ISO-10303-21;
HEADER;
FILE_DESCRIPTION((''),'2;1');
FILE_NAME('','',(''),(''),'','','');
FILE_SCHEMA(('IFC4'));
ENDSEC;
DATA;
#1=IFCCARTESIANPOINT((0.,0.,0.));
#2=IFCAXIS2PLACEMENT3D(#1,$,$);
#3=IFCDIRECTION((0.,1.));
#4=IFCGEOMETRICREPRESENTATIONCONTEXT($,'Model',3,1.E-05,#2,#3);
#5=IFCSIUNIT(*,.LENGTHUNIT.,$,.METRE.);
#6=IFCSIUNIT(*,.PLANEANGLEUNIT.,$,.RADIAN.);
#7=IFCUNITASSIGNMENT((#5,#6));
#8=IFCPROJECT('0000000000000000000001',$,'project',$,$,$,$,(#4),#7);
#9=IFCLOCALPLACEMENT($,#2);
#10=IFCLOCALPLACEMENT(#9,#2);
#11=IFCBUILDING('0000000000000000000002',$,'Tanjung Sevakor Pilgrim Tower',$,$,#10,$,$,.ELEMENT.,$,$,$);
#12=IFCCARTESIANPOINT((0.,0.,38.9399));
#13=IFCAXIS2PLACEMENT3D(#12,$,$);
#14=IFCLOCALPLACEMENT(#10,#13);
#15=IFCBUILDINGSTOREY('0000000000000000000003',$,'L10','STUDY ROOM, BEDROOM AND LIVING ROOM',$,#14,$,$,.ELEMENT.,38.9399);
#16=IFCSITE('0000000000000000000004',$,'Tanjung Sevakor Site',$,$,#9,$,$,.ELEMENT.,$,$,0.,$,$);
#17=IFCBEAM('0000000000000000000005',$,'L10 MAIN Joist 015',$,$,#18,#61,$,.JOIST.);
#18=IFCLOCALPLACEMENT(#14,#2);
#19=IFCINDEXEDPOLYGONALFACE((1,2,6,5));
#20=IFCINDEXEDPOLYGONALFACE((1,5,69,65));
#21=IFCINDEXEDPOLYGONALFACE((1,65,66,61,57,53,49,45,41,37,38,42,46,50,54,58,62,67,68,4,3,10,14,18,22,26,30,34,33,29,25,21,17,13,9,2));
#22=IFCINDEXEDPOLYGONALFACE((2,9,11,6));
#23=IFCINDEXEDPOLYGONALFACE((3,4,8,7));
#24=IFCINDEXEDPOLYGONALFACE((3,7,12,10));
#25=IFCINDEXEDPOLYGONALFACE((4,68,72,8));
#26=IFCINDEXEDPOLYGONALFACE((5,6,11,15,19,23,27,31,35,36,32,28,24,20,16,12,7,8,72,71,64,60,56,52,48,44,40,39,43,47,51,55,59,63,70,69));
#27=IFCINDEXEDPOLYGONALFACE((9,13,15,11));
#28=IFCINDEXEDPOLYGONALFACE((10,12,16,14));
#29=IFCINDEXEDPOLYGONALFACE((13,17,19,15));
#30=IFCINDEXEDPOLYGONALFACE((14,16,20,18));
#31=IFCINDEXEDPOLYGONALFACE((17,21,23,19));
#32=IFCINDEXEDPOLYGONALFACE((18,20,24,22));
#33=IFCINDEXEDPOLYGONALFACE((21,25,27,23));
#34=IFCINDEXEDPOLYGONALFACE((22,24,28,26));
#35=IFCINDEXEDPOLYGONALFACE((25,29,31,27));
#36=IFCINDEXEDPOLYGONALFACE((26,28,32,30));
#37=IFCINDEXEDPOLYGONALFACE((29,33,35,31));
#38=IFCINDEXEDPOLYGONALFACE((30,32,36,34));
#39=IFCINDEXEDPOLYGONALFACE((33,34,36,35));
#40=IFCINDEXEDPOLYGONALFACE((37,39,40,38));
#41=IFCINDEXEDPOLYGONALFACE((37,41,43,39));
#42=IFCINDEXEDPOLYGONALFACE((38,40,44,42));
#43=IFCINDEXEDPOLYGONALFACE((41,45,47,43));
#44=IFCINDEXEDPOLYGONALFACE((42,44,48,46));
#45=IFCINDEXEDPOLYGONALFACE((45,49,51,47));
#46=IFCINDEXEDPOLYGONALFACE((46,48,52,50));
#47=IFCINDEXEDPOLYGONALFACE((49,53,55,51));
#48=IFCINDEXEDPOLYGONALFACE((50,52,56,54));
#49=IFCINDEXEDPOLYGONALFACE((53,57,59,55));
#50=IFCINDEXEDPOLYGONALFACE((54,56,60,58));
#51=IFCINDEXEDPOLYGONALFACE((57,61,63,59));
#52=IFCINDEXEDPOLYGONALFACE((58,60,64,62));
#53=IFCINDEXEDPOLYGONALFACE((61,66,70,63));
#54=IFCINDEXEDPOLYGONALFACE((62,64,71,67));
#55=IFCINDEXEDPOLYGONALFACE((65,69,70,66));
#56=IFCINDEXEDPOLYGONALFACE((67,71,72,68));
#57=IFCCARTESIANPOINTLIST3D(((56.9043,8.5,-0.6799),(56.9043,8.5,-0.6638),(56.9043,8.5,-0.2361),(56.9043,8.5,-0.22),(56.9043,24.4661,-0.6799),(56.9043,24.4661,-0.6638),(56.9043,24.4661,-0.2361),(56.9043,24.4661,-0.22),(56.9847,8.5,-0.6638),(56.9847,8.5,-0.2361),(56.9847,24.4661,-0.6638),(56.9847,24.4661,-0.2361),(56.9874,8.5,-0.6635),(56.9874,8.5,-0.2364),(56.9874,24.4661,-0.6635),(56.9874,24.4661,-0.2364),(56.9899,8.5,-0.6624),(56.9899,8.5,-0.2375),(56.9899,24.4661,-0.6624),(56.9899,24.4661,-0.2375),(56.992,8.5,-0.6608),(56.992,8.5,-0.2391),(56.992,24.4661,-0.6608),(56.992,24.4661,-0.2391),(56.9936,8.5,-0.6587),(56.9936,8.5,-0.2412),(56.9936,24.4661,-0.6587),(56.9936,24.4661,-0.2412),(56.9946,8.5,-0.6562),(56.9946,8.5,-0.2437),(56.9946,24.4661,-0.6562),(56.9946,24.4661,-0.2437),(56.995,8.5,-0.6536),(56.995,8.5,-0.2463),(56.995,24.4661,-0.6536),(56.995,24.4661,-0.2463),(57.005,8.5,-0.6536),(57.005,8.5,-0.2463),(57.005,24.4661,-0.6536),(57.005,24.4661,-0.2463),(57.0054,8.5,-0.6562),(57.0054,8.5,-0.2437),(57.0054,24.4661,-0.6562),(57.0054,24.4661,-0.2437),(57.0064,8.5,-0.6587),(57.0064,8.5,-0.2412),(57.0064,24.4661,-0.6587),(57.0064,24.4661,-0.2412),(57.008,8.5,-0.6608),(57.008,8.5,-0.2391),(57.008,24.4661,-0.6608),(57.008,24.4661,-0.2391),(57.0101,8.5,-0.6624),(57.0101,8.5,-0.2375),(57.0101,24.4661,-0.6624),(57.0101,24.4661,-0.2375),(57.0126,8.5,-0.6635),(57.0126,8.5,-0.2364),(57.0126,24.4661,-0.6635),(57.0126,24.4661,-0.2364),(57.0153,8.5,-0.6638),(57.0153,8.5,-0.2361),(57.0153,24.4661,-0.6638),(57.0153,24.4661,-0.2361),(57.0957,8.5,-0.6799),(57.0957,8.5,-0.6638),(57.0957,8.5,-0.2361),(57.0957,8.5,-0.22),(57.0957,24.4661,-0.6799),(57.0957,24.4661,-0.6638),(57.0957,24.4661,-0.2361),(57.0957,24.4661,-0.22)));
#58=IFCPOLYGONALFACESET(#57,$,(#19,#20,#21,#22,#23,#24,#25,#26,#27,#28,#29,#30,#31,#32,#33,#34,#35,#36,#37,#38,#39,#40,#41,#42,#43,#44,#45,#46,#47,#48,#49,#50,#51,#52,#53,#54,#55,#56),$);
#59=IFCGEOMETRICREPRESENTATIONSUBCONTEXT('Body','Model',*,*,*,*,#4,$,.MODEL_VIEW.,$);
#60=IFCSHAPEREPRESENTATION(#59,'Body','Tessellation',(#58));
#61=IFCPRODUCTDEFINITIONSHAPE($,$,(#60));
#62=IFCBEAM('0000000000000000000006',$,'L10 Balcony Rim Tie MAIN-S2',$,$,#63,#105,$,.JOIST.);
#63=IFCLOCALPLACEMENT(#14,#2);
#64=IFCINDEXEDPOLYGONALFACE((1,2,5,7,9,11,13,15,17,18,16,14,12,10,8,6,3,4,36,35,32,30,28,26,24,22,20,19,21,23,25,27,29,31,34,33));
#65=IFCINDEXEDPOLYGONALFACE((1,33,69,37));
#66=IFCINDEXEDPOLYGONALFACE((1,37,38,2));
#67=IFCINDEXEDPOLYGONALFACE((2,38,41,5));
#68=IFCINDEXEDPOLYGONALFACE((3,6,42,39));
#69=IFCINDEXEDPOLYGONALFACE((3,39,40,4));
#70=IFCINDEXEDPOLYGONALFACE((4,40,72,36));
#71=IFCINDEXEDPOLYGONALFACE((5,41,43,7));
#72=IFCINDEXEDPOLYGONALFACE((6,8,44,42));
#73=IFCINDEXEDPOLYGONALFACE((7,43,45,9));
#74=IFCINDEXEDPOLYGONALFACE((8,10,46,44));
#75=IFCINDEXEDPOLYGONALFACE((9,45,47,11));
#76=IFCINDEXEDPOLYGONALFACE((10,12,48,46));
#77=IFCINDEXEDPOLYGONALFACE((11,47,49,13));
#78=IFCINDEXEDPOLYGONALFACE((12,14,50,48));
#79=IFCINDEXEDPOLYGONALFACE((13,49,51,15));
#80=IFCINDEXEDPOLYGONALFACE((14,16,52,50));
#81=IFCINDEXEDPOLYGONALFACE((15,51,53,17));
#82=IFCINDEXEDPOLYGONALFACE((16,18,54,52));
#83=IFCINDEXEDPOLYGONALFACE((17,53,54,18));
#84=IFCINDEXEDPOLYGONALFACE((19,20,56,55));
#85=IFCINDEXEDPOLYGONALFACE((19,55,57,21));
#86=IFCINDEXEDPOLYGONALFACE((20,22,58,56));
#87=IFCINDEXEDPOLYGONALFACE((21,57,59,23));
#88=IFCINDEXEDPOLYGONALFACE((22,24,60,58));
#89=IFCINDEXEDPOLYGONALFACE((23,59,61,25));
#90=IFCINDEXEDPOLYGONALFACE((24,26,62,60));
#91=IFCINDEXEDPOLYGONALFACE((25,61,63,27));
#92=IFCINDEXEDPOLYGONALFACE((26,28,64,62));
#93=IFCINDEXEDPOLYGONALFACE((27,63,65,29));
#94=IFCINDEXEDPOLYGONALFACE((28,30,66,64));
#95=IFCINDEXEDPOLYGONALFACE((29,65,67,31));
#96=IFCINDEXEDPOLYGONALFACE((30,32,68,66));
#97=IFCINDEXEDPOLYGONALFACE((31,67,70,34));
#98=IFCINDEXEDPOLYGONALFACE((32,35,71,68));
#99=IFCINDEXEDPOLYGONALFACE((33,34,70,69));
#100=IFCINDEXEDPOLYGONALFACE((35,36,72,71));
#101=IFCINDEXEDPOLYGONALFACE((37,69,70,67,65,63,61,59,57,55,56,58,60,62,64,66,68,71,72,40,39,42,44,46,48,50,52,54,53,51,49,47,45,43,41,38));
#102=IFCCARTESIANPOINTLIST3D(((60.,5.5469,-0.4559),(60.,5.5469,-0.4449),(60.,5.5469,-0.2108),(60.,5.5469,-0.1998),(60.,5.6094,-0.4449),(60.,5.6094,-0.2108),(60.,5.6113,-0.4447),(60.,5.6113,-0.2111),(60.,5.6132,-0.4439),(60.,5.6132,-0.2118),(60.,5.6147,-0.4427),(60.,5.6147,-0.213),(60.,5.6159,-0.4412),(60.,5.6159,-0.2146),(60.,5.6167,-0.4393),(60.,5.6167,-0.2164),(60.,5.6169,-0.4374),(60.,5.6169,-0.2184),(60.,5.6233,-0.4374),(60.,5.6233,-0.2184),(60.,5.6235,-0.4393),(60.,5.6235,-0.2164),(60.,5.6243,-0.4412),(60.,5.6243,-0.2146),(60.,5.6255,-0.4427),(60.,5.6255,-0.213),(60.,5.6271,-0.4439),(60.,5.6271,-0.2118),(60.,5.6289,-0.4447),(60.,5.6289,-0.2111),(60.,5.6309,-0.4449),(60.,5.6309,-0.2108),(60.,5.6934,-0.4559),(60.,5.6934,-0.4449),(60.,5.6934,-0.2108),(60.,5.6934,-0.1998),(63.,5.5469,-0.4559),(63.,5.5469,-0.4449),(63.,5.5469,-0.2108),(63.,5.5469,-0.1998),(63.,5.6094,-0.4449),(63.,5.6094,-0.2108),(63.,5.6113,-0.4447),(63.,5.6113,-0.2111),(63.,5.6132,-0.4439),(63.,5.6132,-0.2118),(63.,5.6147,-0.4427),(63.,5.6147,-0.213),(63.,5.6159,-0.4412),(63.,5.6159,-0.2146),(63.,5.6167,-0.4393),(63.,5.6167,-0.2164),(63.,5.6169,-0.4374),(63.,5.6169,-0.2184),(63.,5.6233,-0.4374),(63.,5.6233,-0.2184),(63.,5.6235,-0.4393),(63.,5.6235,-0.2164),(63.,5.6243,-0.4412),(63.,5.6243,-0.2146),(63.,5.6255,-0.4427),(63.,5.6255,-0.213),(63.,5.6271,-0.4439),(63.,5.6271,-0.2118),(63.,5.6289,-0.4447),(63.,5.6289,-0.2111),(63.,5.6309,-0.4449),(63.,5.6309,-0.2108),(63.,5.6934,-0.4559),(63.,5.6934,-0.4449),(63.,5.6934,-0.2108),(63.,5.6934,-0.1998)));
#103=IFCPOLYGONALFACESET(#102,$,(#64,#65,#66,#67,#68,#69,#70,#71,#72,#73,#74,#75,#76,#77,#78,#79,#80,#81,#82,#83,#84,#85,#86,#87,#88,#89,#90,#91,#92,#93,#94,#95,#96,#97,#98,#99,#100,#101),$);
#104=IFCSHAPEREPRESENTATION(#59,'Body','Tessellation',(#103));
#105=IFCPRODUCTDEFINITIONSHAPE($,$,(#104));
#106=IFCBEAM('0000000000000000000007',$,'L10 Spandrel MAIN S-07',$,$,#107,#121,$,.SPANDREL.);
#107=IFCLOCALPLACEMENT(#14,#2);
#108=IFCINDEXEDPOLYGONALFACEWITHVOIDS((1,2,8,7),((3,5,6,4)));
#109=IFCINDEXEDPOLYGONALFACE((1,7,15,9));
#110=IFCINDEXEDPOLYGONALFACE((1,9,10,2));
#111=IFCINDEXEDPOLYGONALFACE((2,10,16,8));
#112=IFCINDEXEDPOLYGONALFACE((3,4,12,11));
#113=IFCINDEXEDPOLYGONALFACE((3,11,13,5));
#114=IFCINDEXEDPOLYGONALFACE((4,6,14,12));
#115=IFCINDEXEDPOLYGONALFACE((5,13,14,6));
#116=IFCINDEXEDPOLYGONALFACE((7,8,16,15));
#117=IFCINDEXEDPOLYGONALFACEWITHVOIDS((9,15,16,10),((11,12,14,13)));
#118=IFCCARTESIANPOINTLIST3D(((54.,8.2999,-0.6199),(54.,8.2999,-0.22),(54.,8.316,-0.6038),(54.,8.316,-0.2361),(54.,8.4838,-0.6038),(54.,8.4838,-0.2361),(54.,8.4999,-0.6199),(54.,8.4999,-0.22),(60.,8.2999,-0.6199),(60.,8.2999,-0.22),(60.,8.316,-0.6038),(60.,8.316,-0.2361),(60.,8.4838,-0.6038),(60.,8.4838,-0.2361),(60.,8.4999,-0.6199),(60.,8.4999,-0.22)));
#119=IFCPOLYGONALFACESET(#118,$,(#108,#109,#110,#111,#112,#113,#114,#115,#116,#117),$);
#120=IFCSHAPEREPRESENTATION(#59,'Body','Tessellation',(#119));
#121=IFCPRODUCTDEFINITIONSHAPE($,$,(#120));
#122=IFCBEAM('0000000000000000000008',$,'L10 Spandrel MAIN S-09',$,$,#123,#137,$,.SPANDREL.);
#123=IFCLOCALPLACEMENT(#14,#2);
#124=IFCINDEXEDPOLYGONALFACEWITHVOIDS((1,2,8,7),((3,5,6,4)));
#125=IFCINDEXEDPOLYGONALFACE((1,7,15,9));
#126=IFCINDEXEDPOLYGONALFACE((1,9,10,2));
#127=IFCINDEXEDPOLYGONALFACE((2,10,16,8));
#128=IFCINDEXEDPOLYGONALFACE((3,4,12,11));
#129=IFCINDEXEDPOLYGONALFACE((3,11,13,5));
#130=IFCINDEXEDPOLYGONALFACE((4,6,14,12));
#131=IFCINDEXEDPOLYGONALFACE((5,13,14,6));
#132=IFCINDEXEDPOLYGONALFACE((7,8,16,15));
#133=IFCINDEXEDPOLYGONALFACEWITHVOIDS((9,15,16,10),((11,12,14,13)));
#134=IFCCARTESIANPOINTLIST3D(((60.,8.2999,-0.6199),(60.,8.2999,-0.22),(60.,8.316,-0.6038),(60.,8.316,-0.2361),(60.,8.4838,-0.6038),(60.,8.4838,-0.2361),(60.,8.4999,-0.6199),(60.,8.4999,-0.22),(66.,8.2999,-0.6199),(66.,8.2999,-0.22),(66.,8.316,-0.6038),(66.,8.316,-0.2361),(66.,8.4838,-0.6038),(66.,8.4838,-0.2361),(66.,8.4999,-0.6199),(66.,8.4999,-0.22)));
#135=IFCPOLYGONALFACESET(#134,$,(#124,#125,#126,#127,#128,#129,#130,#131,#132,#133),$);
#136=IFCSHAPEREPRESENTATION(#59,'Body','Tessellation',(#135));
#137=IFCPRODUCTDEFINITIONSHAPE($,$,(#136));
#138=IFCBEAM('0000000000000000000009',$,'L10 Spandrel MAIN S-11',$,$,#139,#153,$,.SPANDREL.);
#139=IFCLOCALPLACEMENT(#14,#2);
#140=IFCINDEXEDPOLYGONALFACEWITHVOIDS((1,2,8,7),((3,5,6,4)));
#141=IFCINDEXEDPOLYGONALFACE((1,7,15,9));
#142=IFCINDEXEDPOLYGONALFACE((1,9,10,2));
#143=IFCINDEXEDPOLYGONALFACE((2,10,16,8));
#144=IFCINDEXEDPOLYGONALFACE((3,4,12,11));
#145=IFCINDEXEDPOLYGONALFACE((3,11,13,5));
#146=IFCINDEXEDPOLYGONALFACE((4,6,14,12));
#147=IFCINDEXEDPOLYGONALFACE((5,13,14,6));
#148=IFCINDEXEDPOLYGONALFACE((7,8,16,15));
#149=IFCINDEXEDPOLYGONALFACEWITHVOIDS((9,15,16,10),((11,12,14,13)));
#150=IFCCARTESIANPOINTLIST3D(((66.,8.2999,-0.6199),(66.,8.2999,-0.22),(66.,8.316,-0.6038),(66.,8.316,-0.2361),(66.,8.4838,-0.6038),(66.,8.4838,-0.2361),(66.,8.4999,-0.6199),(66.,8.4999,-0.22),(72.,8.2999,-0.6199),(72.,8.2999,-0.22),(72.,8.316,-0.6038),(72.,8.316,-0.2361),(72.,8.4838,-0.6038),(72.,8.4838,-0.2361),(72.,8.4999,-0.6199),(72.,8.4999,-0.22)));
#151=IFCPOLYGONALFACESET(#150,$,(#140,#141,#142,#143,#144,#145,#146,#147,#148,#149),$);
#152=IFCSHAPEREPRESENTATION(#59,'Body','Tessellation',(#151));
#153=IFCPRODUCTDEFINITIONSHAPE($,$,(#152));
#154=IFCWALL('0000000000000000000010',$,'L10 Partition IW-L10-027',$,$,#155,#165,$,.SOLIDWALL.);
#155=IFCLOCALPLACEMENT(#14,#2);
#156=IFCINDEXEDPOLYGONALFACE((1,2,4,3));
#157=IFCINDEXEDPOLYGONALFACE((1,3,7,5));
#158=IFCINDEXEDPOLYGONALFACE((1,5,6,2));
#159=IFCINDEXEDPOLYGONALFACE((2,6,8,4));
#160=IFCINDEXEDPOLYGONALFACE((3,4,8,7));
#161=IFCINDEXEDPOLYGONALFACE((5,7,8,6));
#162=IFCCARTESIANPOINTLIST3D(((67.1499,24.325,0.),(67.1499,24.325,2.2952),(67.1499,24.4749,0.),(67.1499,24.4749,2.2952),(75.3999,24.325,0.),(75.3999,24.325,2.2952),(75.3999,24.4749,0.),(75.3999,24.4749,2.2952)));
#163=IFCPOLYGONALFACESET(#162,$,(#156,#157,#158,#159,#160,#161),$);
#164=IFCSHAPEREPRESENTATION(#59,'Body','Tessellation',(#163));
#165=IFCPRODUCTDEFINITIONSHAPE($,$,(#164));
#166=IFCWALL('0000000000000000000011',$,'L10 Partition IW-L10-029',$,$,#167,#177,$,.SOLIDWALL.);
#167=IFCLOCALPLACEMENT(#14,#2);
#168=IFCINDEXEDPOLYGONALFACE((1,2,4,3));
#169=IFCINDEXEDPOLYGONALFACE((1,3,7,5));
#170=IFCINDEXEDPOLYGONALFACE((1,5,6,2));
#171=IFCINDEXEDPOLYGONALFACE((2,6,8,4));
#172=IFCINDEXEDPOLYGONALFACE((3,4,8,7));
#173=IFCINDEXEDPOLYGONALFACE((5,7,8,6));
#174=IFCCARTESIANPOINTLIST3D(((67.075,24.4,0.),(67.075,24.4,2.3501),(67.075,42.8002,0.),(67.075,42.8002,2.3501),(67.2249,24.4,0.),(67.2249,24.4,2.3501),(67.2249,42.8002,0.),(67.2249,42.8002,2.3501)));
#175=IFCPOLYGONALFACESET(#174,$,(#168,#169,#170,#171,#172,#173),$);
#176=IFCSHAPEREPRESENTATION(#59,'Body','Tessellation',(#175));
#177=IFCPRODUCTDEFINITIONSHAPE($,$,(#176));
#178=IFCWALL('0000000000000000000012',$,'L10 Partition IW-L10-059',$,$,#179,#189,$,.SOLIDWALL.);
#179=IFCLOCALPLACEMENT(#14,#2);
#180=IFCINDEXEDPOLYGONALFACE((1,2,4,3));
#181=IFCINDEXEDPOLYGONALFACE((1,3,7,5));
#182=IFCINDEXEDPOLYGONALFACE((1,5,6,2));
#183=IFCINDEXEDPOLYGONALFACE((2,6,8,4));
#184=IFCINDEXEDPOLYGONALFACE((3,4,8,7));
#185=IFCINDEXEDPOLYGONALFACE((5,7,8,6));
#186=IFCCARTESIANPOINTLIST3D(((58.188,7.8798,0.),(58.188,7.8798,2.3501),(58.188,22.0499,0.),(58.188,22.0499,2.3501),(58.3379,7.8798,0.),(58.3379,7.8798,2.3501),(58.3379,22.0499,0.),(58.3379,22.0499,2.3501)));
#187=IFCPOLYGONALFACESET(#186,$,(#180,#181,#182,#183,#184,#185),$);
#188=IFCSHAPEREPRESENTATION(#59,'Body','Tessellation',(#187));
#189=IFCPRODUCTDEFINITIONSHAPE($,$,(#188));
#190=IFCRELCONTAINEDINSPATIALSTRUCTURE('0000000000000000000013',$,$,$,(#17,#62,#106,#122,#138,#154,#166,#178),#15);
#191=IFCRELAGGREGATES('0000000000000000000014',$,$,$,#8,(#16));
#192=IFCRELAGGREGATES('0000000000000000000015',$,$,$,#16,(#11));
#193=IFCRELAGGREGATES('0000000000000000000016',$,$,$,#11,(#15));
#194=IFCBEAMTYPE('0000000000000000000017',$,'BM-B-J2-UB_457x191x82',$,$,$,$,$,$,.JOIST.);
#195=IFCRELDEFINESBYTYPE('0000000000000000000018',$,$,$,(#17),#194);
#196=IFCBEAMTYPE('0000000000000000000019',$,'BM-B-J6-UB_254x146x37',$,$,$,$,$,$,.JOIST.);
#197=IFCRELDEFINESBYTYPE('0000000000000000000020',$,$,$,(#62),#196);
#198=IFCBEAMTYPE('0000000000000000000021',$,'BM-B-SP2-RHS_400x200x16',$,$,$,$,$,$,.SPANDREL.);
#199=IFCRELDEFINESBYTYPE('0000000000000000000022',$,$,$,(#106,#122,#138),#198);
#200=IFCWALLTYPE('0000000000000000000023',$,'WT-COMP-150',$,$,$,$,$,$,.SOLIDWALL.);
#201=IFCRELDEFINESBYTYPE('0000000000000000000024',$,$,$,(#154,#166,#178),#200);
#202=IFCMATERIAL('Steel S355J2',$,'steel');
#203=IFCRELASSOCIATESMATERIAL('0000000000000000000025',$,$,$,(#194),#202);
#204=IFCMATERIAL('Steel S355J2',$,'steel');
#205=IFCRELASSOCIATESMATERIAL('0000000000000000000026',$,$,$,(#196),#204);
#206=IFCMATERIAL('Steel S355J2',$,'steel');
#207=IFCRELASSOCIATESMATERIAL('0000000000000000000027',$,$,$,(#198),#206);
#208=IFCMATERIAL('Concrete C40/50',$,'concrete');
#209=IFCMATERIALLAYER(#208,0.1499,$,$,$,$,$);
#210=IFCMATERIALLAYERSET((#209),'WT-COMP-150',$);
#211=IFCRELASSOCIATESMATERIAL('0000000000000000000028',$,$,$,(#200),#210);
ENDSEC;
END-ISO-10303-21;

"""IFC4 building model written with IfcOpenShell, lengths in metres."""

from ifc_helpers import new_model, si_unit, direction, frame, frame_2d, origin, origin_2d, place, context, subcontext, project, spatial, rectangle, hollow_rectangle, i_section, extrude, material, layer, layer_set, material_profile, profile_set, type_object, element, save


model = new_model("IFC4")

# Units and contexts
model_context = context("Model", 3, precision=1e-05, world=origin(), true_north=direction((0.0, 1.0)))
body_context = subcontext(model_context, "Body", "Model", "MODEL_VIEW")
ifc_project = project(units=[si_unit("LENGTHUNIT", "METRE"), si_unit("PLANEANGLEUNIT", "RADIAN")], contexts=[model_context])

# Site, building, storey
site_placement = place(None, origin())
site = spatial("IfcSite", under=ifc_project, at=site_placement, Name="Tanjung Sevakor Site", CompositionType="ELEMENT", RefElevation=0.0)
building_placement = place(site_placement, origin())
building = spatial("IfcBuilding", under=site, at=building_placement, Name="Tanjung Sevakor Pilgrim Tower", CompositionType="ELEMENT")
storey_placement = place(building_placement, frame((0.0, 0.0, 38.9399)))
storey = spatial("IfcBuildingStorey", under=building, at=storey_placement, Name="L10", Description="STUDY ROOM, BEDROOM AND LIVING ROOM", CompositionType="ELEMENT", Elevation=38.9399)

# Beams
ifc_material_1 = material(Name="Steel S355J2", Category="steel")
ifc_material_profile_1 = material_profile(ifc_material_1, i_section(OverallWidth=0.1914, OverallDepth=0.46, WebThickness=0.01, FlangeThickness=0.0161, FilletRadius=0.0103, at=origin_2d()))
ifc_profile_set_1 = profile_set([ifc_material_profile_1], Name="Steel S355J2")
beam_type_1 = type_object("IfcBeamType", Name="BM-B-J2-UB_457x191x82", PredefinedType="JOIST", material=ifc_profile_set_1)
beam_1_placement = place(storey_placement, frame((57.0, 8.5, -0.45), z_axis=(0.0, 1.0, 0.0), x_axis=(-1.0, 0.0, 0.0)))
element("IfcBeam", 1, at=beam_1_placement, inside=storey, type_object=beam_type_1, Name="L10 MAIN Joist 015", PredefinedType="JOIST", context=body_context, shape_type="SweptSolid", body=[
    extrude(i_section(OverallWidth=0.1914, OverallDepth=0.46, WebThickness=0.01, FlangeThickness=0.0161, FilletRadius=0.0103, at=origin_2d()), origin(), (0.0, 0.0, 1.0), 15.9661),
])
ifc_material_2 = material(Name="Steel S355J2", Category="steel")
ifc_material_profile_2 = material_profile(ifc_material_2, i_section(OverallWidth=0.1465, OverallDepth=0.2561, WebThickness=0.0063, FlangeThickness=0.011, FilletRadius=0.0076, at=origin_2d()))
ifc_profile_set_2 = profile_set([ifc_material_profile_2], Name="Steel S355J2")
beam_type_2 = type_object("IfcBeamType", Name="BM-B-J6-UB_254x146x37", PredefinedType="JOIST", material=ifc_profile_set_2)
beam_2_placement = place(storey_placement, frame((60.0, 5.6201, -0.3279), z_axis=(1.0, 0.0, 0.0), x_axis=(0.0, 1.0, 0.0)))
element("IfcBeam", 2, at=beam_2_placement, inside=storey, type_object=beam_type_2, Name="L10 Balcony Rim Tie MAIN-S2", PredefinedType="JOIST", context=body_context, shape_type="SweptSolid", body=[
    extrude(i_section(OverallWidth=0.1465, OverallDepth=0.2561, WebThickness=0.0063, FlangeThickness=0.011, FilletRadius=0.0076, at=origin_2d()), origin(), (0.0, 0.0, 1.0), 3.0),
])
ifc_material_3 = material(Name="Steel S355J2", Category="steel")
ifc_material_profile_3 = material_profile(ifc_material_3, hollow_rectangle(XDim=0.2, YDim=0.3999, WallThickness=0.0161, at=origin_2d()))
ifc_profile_set_3 = profile_set([ifc_material_profile_3], Name="Steel S355J2")
beam_type_3 = type_object("IfcBeamType", Name="BM-B-SP2-RHS_400x200x16", PredefinedType="SPANDREL", material=ifc_profile_set_3)
for number, where, z_axis, x_axis, name in (
    (3, (54.0, 8.3999, -0.4199), (1.0, 0.0, 0.0), (0.0, 1.0, 0.0), "L10 Spandrel MAIN S-07"),
    (4, (60.0, 8.3999, -0.4199), (1.0, 0.0, 0.0), (0.0, 1.0, 0.0), "L10 Spandrel MAIN S-09"),
    (5, (66.0, 8.3999, -0.4199), (1.0, 0.0, 0.0), (0.0, 1.0, 0.0), "L10 Spandrel MAIN S-11"),
):
    element("IfcBeam", number, at=place(storey_placement, frame(where, z_axis=z_axis, x_axis=x_axis)), inside=storey, type_object=beam_type_3, Name=name, PredefinedType="SPANDREL", context=body_context, shape_type="SweptSolid", body=[
        extrude(hollow_rectangle(XDim=0.2, YDim=0.3999, WallThickness=0.0161, at=origin_2d()), origin(), (0.0, 0.0, 1.0), 6.0),
    ])

# Walls
ifc_material_4 = material(Name="Concrete C40/50", Category="concrete")
ifc_layer_1 = layer(ifc_material_4, 0.1499)
ifc_layer_set_1 = layer_set([ifc_layer_1], Name="WT-COMP-150")
wall_type_1 = type_object("IfcWallType", Name="WT-COMP-150", PredefinedType="SOLIDWALL", material=ifc_layer_set_1)
wall_1_placement = place(storey_placement, frame((67.1499, 24.3999, 0.0), z_axis=(0.0, 0.0, 1.0), x_axis=(1.0, 0.0, 0.0)))
element("IfcWall", 6, at=wall_1_placement, inside=storey, type_object=wall_type_1, Name="L10 Partition IW-L10-027", PredefinedType="SOLIDWALL", context=body_context, shape_type="SweptSolid", body=[
    extrude(rectangle(XDim=8.25, YDim=0.1499, at=frame_2d((4.125, 0.0))), origin(), (0.0, 0.0, 1.0), 2.2952),
])
wall_2_placement = place(storey_placement, frame((67.1499, 24.3999, 0.0), z_axis=(0.0, 0.0, 1.0), x_axis=(0.0, 1.0, 0.0)))
element("IfcWall", 7, at=wall_2_placement, inside=storey, type_object=wall_type_1, Name="L10 Partition IW-L10-029", PredefinedType="SOLIDWALL", context=body_context, shape_type="SweptSolid", body=[
    extrude(rectangle(XDim=18.4001, YDim=0.1499, at=frame_2d((9.2002, 0.0))), origin(), (0.0, 0.0, 1.0), 2.3501),
])
wall_3_placement = place(storey_placement, frame((58.2629, 7.8799, 0.0), z_axis=(0.0, 0.0, 1.0), x_axis=(0.0, 1.0, 0.0)))
element("IfcWall", 8, at=wall_3_placement, inside=storey, type_object=wall_type_1, Name="L10 Partition IW-L10-059", PredefinedType="SOLIDWALL", context=body_context, shape_type="SweptSolid", body=[
    extrude(rectangle(XDim=14.1702, YDim=0.1499, at=frame_2d((7.085, 0.0))), origin(), (0.0, 0.0, 1.0), 2.3501),
])

save(model, "model.ifc")
